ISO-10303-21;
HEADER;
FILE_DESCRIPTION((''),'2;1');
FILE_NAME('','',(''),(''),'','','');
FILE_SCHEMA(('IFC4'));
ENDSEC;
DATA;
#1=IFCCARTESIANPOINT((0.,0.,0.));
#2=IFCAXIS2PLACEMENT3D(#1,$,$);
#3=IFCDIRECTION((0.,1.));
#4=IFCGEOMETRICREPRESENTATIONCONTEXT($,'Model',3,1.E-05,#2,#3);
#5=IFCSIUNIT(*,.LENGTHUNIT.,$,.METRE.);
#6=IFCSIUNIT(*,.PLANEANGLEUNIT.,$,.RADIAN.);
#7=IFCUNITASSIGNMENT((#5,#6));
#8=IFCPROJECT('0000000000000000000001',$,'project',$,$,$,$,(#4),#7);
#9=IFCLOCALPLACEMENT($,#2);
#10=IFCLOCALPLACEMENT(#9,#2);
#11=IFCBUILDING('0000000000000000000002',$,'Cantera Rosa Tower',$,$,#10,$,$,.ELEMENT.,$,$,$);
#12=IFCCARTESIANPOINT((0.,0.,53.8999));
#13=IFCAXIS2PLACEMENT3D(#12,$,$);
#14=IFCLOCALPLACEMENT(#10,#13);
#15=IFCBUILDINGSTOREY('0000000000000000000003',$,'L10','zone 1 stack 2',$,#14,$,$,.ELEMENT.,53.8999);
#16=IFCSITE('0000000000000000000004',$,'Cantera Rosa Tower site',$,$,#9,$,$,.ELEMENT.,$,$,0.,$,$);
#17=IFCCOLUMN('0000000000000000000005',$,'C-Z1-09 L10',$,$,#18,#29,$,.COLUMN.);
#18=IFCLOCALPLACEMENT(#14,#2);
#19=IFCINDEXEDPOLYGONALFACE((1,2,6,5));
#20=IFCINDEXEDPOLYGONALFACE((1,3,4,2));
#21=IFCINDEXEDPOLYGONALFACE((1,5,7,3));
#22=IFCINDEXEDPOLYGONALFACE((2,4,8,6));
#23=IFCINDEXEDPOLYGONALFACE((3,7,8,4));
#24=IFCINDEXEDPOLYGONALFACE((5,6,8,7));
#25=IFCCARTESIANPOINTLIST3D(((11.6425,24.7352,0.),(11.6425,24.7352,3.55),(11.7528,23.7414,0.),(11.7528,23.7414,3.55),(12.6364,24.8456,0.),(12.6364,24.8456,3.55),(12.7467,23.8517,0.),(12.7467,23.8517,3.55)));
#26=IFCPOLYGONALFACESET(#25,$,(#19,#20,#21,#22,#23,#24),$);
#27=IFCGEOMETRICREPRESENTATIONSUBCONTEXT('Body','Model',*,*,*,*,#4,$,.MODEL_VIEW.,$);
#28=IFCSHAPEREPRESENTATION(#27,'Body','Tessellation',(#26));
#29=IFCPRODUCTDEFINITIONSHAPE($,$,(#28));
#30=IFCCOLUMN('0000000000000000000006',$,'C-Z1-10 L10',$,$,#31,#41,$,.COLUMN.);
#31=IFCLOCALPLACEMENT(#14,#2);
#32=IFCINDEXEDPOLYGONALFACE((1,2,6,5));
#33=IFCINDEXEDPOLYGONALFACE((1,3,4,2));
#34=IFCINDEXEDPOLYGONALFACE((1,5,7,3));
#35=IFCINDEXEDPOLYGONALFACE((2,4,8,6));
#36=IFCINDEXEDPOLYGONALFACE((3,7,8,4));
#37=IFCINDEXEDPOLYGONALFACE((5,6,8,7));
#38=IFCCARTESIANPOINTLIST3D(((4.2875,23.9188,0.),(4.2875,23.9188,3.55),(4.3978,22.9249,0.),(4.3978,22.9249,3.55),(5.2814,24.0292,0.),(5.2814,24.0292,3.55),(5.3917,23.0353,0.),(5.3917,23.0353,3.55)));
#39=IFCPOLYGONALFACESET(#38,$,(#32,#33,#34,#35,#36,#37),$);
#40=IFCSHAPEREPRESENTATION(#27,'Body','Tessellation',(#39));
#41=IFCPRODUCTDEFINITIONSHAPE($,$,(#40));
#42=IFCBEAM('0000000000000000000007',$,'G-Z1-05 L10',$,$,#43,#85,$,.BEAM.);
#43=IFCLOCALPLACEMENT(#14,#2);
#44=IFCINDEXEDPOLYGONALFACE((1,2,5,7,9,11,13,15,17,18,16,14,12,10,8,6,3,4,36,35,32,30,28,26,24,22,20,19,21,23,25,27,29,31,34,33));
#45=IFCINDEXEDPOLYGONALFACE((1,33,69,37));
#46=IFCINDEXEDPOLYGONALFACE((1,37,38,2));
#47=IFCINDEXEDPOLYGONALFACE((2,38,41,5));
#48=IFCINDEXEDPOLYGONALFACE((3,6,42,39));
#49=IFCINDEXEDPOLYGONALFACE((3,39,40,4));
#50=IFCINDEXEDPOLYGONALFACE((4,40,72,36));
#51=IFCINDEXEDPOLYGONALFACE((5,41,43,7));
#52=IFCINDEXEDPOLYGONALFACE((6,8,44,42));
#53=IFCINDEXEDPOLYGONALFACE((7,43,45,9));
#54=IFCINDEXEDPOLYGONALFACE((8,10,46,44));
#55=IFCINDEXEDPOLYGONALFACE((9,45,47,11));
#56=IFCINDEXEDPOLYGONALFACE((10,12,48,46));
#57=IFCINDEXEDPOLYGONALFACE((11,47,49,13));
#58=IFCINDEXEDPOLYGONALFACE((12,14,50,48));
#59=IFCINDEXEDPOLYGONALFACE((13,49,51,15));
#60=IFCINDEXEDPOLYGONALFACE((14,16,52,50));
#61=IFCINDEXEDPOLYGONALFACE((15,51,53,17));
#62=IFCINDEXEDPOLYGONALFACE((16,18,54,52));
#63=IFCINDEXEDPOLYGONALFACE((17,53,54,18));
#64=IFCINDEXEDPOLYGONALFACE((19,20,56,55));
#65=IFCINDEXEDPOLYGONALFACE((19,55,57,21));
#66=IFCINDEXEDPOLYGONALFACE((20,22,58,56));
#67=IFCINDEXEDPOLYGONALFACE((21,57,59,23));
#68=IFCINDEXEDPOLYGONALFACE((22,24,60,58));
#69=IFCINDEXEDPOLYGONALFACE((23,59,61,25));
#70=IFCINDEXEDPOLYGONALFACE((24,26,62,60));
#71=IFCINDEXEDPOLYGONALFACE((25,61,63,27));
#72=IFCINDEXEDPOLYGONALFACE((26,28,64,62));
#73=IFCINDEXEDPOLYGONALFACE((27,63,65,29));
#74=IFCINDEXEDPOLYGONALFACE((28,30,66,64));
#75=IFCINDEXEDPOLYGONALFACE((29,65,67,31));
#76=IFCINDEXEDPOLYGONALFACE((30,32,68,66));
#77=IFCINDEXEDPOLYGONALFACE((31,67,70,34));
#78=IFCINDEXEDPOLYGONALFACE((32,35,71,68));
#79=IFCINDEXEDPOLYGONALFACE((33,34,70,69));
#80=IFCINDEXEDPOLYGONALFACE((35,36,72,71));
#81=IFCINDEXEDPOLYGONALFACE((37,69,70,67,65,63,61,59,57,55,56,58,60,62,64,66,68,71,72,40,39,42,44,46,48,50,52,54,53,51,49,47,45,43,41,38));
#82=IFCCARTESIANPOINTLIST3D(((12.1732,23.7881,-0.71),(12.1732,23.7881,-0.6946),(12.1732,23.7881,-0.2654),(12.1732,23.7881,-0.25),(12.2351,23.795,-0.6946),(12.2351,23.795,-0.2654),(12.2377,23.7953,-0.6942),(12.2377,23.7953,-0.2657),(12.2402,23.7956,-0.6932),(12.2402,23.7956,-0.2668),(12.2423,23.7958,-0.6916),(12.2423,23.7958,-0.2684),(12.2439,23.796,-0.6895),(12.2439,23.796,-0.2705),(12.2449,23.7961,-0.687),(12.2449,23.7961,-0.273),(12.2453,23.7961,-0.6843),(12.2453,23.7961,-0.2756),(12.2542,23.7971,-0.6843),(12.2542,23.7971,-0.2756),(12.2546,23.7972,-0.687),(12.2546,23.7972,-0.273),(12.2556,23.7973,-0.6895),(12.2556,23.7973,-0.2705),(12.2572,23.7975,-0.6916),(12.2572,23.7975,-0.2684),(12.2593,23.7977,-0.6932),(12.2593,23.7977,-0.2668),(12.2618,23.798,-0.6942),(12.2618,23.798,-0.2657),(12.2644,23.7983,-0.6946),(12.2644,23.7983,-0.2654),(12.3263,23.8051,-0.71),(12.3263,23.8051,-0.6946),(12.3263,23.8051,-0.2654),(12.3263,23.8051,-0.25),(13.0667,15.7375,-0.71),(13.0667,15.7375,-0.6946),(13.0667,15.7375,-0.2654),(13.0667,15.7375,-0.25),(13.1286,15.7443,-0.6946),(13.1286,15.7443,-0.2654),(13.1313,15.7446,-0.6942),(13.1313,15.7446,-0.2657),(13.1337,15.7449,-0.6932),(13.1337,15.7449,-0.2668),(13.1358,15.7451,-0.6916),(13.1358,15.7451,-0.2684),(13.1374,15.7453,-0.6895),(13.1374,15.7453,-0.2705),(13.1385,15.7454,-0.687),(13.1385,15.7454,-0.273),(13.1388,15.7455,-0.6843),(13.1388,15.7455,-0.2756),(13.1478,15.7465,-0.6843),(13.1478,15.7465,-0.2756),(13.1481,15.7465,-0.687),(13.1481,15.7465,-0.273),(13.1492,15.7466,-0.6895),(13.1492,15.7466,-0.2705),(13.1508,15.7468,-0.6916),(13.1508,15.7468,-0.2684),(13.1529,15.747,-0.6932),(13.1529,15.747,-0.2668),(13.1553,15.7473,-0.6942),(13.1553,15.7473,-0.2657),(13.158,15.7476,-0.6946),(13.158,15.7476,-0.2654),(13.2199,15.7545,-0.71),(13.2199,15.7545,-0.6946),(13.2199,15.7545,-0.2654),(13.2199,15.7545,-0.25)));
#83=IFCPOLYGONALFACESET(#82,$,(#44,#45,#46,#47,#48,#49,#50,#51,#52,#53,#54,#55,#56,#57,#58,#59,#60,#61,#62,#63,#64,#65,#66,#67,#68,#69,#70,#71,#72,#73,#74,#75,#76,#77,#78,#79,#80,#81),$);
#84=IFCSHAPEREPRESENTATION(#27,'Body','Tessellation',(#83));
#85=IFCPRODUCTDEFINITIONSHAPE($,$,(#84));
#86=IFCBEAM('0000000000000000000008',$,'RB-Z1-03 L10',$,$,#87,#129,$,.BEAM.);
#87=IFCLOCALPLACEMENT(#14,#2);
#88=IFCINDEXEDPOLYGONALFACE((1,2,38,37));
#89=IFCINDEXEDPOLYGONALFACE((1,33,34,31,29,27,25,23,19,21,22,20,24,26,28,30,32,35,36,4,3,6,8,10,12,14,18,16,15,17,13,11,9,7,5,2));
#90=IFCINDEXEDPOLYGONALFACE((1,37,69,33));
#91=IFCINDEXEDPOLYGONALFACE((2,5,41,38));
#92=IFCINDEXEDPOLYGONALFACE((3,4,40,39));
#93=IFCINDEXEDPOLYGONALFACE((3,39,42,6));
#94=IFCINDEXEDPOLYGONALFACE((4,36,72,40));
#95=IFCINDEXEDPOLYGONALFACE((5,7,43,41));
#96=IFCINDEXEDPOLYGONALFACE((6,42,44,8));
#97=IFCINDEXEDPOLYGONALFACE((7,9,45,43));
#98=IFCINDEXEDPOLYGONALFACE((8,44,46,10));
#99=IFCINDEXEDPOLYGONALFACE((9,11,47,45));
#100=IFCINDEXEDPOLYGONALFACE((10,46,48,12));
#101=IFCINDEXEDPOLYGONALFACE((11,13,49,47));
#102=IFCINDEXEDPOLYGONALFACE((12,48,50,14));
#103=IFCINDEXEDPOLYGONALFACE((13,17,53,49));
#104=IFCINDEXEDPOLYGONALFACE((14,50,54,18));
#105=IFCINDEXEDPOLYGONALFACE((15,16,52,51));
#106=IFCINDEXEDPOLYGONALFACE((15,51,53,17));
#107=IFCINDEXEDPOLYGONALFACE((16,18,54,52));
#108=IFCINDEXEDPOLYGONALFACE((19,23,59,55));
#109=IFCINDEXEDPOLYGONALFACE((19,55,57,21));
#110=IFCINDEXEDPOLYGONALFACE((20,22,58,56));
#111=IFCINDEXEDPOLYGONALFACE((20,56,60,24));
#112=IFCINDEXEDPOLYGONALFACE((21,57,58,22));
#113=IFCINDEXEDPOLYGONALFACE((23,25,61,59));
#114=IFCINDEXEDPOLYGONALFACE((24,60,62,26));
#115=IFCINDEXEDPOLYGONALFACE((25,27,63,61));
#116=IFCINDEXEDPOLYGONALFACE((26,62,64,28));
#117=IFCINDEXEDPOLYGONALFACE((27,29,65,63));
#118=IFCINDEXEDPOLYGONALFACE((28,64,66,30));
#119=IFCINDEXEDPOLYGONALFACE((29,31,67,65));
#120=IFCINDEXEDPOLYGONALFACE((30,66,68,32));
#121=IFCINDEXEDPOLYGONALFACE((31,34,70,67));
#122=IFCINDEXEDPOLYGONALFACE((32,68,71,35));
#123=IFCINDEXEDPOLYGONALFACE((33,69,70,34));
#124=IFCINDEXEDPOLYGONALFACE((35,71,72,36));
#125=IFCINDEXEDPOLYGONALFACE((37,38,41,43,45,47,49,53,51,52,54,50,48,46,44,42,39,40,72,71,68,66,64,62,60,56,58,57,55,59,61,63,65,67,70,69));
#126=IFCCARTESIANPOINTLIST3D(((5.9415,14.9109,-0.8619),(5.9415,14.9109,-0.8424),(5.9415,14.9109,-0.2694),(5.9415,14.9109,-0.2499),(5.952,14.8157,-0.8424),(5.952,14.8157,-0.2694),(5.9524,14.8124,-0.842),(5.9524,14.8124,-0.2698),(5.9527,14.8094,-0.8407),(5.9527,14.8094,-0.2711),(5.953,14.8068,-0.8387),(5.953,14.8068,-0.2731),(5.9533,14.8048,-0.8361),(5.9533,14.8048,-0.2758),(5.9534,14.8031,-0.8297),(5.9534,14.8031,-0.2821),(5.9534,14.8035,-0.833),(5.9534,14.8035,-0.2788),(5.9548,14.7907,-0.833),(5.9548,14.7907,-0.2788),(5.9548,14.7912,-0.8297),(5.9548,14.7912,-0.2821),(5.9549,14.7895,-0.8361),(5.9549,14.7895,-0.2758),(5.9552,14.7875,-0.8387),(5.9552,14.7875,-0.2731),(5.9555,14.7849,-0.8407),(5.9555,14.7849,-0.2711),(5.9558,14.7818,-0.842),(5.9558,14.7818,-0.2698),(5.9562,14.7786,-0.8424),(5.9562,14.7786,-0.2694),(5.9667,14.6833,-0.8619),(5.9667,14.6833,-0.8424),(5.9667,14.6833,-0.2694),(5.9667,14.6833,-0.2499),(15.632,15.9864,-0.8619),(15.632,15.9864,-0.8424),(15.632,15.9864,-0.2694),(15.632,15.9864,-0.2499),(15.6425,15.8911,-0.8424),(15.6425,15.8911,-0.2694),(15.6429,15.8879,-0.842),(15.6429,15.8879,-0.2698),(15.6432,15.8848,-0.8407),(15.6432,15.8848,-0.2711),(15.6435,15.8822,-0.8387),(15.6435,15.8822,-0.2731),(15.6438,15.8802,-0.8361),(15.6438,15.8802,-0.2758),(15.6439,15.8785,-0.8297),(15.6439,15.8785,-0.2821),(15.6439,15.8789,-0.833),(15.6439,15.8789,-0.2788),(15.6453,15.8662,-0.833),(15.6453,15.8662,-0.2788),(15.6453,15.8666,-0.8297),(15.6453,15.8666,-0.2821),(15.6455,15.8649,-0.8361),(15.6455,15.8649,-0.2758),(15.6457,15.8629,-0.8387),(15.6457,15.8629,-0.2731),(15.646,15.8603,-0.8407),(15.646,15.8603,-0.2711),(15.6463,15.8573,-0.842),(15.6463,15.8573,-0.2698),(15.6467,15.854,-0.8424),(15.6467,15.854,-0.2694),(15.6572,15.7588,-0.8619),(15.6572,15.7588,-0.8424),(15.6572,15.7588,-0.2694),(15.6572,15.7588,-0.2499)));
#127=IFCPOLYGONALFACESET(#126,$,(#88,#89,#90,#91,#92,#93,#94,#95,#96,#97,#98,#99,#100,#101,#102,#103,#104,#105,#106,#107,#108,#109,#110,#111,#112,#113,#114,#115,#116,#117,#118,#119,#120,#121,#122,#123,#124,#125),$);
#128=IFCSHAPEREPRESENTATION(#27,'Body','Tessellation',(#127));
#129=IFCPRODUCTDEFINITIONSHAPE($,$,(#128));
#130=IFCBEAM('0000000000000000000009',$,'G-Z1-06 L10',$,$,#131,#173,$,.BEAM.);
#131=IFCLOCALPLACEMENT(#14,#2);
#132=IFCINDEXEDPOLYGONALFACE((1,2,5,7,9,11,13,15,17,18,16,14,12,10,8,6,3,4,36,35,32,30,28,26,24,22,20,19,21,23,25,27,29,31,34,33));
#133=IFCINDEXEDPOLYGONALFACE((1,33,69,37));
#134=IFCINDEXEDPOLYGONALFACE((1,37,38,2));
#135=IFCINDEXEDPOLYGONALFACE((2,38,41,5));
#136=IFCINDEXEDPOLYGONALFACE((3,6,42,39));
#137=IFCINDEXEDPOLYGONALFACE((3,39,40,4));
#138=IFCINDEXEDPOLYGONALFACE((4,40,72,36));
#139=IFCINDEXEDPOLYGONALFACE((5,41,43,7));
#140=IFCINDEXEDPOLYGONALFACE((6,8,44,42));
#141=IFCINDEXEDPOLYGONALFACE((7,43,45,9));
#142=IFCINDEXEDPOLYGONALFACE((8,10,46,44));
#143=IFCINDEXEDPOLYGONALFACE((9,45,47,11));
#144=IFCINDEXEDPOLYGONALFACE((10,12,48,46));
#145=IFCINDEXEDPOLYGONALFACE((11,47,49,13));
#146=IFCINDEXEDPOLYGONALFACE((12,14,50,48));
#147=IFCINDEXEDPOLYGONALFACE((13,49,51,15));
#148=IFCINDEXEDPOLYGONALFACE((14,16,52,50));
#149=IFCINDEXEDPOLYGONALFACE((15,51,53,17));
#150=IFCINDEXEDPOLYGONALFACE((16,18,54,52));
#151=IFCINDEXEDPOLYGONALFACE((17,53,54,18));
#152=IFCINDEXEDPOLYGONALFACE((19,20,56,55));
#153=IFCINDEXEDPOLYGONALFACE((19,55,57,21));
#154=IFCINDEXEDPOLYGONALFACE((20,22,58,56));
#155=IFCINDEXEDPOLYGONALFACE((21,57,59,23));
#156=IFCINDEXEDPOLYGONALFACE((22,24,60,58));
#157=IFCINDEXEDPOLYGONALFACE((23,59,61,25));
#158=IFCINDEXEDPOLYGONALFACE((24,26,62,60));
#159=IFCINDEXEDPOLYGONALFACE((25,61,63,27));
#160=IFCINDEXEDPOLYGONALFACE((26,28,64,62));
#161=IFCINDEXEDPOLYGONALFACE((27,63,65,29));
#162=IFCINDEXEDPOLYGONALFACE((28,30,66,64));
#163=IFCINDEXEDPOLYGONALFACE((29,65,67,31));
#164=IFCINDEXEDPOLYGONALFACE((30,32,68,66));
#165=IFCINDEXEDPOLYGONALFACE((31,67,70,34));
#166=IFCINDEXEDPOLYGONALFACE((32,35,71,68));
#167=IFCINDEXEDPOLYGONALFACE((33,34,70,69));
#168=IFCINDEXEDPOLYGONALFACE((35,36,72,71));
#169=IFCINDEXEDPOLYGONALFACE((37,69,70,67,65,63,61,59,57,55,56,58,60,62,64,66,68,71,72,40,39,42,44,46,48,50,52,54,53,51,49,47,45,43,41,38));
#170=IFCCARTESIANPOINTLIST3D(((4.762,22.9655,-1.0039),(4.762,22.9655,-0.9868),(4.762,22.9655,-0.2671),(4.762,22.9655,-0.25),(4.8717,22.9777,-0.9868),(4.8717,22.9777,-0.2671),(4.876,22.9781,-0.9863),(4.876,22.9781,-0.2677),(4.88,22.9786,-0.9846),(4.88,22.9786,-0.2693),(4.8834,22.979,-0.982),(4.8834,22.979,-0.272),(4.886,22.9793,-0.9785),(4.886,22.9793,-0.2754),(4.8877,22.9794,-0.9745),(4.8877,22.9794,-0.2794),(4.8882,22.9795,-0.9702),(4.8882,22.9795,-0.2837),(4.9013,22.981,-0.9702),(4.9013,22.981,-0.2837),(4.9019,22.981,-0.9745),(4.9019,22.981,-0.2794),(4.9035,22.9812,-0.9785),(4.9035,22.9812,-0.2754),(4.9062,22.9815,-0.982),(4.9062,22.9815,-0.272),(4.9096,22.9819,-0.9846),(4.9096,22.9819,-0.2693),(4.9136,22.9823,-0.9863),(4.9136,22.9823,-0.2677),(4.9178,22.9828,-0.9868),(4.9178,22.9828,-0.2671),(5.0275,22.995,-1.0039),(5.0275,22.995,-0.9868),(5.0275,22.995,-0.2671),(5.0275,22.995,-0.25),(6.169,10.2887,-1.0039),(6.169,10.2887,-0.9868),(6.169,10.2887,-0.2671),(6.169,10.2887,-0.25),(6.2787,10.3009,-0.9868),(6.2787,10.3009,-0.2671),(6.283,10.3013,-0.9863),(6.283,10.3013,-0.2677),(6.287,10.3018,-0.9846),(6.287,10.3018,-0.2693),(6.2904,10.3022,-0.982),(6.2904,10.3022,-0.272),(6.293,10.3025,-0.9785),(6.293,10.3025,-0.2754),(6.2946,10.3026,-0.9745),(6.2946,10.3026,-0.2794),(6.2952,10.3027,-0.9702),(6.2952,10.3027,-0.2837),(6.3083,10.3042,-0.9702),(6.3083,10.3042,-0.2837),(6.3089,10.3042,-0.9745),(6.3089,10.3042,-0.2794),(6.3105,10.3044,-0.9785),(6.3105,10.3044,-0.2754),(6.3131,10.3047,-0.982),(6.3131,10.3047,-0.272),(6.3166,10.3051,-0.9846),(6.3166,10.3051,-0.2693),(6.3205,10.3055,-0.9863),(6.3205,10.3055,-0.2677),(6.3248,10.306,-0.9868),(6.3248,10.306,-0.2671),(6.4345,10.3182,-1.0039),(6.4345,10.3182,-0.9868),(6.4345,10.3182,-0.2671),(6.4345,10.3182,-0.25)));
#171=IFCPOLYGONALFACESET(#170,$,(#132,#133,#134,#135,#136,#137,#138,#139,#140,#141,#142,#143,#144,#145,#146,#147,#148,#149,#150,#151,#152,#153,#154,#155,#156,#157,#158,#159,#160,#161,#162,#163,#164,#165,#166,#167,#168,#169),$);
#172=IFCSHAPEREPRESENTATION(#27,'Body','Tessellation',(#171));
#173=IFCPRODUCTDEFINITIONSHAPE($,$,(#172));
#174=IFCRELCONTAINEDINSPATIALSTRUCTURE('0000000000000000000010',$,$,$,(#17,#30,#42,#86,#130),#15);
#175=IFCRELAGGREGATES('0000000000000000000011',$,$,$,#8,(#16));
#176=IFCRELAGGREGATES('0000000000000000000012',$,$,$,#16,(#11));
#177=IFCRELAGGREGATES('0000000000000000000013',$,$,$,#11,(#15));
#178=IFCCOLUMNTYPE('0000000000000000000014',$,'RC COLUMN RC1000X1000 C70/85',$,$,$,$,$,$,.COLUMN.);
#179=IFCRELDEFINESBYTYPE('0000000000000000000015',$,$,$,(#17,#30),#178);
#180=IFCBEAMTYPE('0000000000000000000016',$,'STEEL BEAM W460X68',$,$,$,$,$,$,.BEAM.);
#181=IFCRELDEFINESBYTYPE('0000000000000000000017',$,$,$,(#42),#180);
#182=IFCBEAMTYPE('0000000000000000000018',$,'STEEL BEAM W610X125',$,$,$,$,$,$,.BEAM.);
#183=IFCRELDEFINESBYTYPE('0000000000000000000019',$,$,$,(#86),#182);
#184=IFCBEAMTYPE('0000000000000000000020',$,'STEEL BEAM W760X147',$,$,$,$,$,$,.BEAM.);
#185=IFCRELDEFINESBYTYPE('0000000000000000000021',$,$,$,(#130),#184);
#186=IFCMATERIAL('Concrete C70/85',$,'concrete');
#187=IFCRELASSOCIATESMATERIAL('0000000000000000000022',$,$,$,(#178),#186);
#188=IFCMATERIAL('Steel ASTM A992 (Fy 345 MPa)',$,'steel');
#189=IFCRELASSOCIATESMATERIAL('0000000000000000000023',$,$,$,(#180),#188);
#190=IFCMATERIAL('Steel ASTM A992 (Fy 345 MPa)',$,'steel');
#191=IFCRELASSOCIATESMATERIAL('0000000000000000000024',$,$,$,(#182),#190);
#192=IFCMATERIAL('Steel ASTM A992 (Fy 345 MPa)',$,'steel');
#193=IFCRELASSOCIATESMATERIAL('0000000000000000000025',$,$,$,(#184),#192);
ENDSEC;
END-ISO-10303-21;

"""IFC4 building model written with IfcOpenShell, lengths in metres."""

from ifc_helpers import new_model, si_unit, direction, frame, origin, origin_2d, place, context, subcontext, project, spatial, rectangle, i_section, extrude, material, material_profile, profile_set, type_object, element, save


model = new_model("IFC4")

# Units and contexts
model_context = context("Model", 3, precision=1e-05, world=origin(), true_north=direction((0.0, 1.0)))
body_context = subcontext(model_context, "Body", "Model", "MODEL_VIEW")
ifc_project = project(units=[si_unit("LENGTHUNIT", "METRE"), si_unit("PLANEANGLEUNIT", "RADIAN")], contexts=[model_context])

# Site, building, storey
site_placement = place(None, origin())
site = spatial("IfcSite", under=ifc_project, at=site_placement, Name="Cantera Rosa Tower site", CompositionType="ELEMENT", RefElevation=0.0)
building_placement = place(site_placement, origin())
building = spatial("IfcBuilding", under=site, at=building_placement, Name="Cantera Rosa Tower", CompositionType="ELEMENT")
storey_placement = place(building_placement, frame((0.0, 0.0, 53.8999)))
storey = spatial("IfcBuildingStorey", under=building, at=storey_placement, Name="L10", Description="zone 1 stack 2", CompositionType="ELEMENT", Elevation=53.8999)

# Columns
ifc_material_1 = material(Name="Concrete C70/85", Category="concrete")
ifc_material_profile_1 = material_profile(ifc_material_1, rectangle(XDim=1.0, YDim=1.0, at=origin_2d()), Name="RC COLUMN RC1000X1000 C70/85")
ifc_profile_set_1 = profile_set([ifc_material_profile_1], Name="Concrete C70/85")
column_type = type_object("IfcColumnType", Name="RC COLUMN RC1000X1000 C70/85", PredefinedType="COLUMN", material=ifc_profile_set_1)
for number, where, z_axis, x_axis, name in (
    (1, (12.1946, 24.2935, 0.0), (0.0, 0.0, 1.0), (0.993897, 0.110313, 0.0), "C-Z1-09 L10"),
    (2, (4.8396, 23.4771, 0.0), (0.0, 0.0, 1.0), (0.993897, 0.110313, 0.0), "C-Z1-10 L10"),
):
    element("IfcColumn", number, at=place(storey_placement, frame(where, z_axis=z_axis, x_axis=x_axis)), inside=storey, type_object=column_type, Name=name, PredefinedType="COLUMN", context=body_context, shape_type="SweptSolid", body=[
        extrude(rectangle(XDim=1.0, YDim=1.0, at=origin_2d()), origin(), (0.0, 0.0, 1.0), 3.55),
    ])

# Beams
ifc_material_2 = material(Name="Steel ASTM A992 (Fy 345 MPa)", Category="steel")
ifc_material_profile_2 = material_profile(ifc_material_2, i_section(OverallWidth=0.1541, OverallDepth=0.46, WebThickness=0.009, FlangeThickness=0.0154, FilletRadius=0.0103, at=origin_2d()), Name="W460X68")
ifc_profile_set_2 = profile_set([ifc_material_profile_2], Name="Steel ASTM A992 (Fy 345 MPa)")
beam_type_1 = type_object("IfcBeamType", Name="STEEL BEAM W460X68", PredefinedType="BEAM", material=ifc_profile_set_2)
beam_1_placement = place(storey_placement, frame((12.2498, 23.7966, -0.48), z_axis=(0.110312, -0.993897, 0.0), x_axis=(0.993897, 0.110312, 0.0)))
element("IfcBeam", 3, at=beam_1_placement, inside=storey, type_object=beam_type_1, Name="G-Z1-05 L10", PredefinedType="BEAM", context=body_context, shape_type="SweptSolid", body=[
    extrude(i_section(OverallWidth=0.1541, OverallDepth=0.46, WebThickness=0.009, FlangeThickness=0.0154, FilletRadius=0.0103, at=origin_2d()), origin(), (0.0, 0.0, 1.0), 8.1001),
])
ifc_material_3 = material(Name="Steel ASTM A992 (Fy 345 MPa)", Category="steel")
ifc_material_profile_3 = material_profile(ifc_material_3, i_section(OverallWidth=0.229, OverallDepth=0.6121, WebThickness=0.012, FlangeThickness=0.0195, FilletRadius=0.0127, at=origin_2d()), Name="W610X125")
ifc_profile_set_3 = profile_set([ifc_material_profile_3], Name="Steel ASTM A992 (Fy 345 MPa)")
beam_type_2 = type_object("IfcBeamType", Name="STEEL BEAM W610X125", PredefinedType="BEAM", material=ifc_profile_set_3)
beam_2_placement = place(storey_placement, frame((5.9541, 14.7971, -0.5559), z_axis=(0.993898, 0.110302, 0.0), x_axis=(-0.110302, 0.993898, 0.0)))
element("IfcBeam", 4, at=beam_2_placement, inside=storey, type_object=beam_type_2, Name="RB-Z1-03 L10", PredefinedType="BEAM", context=body_context, shape_type="SweptSolid", body=[
    extrude(i_section(OverallWidth=0.229, OverallDepth=0.6121, WebThickness=0.012, FlangeThickness=0.0195, FilletRadius=0.0127, at=origin_2d()), origin(), (0.0, 0.0, 1.0), 9.75),
])
ifc_material_4 = material(Name="Steel ASTM A992 (Fy 345 MPa)", Category="steel")
ifc_material_profile_4 = material_profile(ifc_material_4, i_section(OverallWidth=0.2671, OverallDepth=0.7539, WebThickness=0.0132, FlangeThickness=0.0171, FilletRadius=0.0166, at=origin_2d()), Name="W760X147")
ifc_profile_set_4 = profile_set([ifc_material_profile_4], Name="Steel ASTM A992 (Fy 345 MPa)")
beam_type_3 = type_object("IfcBeamType", Name="STEEL BEAM W760X147", PredefinedType="BEAM", material=ifc_profile_set_4)
beam_3_placement = place(storey_placement, frame((4.8948, 22.9802, -0.627), z_axis=(0.110312, -0.993897, 0.0), x_axis=(0.993897, 0.110312, 0.0)))
element("IfcBeam", 5, at=beam_3_placement, inside=storey, type_object=beam_type_3, Name="G-Z1-06 L10", PredefinedType="BEAM", context=body_context, shape_type="SweptSolid", body=[
    extrude(i_section(OverallWidth=0.2671, OverallDepth=0.7539, WebThickness=0.0132, FlangeThickness=0.0171, FilletRadius=0.0166, at=origin_2d()), origin(), (0.0, 0.0, 1.0), 12.7546),
])

save(model, "model.ifc")
